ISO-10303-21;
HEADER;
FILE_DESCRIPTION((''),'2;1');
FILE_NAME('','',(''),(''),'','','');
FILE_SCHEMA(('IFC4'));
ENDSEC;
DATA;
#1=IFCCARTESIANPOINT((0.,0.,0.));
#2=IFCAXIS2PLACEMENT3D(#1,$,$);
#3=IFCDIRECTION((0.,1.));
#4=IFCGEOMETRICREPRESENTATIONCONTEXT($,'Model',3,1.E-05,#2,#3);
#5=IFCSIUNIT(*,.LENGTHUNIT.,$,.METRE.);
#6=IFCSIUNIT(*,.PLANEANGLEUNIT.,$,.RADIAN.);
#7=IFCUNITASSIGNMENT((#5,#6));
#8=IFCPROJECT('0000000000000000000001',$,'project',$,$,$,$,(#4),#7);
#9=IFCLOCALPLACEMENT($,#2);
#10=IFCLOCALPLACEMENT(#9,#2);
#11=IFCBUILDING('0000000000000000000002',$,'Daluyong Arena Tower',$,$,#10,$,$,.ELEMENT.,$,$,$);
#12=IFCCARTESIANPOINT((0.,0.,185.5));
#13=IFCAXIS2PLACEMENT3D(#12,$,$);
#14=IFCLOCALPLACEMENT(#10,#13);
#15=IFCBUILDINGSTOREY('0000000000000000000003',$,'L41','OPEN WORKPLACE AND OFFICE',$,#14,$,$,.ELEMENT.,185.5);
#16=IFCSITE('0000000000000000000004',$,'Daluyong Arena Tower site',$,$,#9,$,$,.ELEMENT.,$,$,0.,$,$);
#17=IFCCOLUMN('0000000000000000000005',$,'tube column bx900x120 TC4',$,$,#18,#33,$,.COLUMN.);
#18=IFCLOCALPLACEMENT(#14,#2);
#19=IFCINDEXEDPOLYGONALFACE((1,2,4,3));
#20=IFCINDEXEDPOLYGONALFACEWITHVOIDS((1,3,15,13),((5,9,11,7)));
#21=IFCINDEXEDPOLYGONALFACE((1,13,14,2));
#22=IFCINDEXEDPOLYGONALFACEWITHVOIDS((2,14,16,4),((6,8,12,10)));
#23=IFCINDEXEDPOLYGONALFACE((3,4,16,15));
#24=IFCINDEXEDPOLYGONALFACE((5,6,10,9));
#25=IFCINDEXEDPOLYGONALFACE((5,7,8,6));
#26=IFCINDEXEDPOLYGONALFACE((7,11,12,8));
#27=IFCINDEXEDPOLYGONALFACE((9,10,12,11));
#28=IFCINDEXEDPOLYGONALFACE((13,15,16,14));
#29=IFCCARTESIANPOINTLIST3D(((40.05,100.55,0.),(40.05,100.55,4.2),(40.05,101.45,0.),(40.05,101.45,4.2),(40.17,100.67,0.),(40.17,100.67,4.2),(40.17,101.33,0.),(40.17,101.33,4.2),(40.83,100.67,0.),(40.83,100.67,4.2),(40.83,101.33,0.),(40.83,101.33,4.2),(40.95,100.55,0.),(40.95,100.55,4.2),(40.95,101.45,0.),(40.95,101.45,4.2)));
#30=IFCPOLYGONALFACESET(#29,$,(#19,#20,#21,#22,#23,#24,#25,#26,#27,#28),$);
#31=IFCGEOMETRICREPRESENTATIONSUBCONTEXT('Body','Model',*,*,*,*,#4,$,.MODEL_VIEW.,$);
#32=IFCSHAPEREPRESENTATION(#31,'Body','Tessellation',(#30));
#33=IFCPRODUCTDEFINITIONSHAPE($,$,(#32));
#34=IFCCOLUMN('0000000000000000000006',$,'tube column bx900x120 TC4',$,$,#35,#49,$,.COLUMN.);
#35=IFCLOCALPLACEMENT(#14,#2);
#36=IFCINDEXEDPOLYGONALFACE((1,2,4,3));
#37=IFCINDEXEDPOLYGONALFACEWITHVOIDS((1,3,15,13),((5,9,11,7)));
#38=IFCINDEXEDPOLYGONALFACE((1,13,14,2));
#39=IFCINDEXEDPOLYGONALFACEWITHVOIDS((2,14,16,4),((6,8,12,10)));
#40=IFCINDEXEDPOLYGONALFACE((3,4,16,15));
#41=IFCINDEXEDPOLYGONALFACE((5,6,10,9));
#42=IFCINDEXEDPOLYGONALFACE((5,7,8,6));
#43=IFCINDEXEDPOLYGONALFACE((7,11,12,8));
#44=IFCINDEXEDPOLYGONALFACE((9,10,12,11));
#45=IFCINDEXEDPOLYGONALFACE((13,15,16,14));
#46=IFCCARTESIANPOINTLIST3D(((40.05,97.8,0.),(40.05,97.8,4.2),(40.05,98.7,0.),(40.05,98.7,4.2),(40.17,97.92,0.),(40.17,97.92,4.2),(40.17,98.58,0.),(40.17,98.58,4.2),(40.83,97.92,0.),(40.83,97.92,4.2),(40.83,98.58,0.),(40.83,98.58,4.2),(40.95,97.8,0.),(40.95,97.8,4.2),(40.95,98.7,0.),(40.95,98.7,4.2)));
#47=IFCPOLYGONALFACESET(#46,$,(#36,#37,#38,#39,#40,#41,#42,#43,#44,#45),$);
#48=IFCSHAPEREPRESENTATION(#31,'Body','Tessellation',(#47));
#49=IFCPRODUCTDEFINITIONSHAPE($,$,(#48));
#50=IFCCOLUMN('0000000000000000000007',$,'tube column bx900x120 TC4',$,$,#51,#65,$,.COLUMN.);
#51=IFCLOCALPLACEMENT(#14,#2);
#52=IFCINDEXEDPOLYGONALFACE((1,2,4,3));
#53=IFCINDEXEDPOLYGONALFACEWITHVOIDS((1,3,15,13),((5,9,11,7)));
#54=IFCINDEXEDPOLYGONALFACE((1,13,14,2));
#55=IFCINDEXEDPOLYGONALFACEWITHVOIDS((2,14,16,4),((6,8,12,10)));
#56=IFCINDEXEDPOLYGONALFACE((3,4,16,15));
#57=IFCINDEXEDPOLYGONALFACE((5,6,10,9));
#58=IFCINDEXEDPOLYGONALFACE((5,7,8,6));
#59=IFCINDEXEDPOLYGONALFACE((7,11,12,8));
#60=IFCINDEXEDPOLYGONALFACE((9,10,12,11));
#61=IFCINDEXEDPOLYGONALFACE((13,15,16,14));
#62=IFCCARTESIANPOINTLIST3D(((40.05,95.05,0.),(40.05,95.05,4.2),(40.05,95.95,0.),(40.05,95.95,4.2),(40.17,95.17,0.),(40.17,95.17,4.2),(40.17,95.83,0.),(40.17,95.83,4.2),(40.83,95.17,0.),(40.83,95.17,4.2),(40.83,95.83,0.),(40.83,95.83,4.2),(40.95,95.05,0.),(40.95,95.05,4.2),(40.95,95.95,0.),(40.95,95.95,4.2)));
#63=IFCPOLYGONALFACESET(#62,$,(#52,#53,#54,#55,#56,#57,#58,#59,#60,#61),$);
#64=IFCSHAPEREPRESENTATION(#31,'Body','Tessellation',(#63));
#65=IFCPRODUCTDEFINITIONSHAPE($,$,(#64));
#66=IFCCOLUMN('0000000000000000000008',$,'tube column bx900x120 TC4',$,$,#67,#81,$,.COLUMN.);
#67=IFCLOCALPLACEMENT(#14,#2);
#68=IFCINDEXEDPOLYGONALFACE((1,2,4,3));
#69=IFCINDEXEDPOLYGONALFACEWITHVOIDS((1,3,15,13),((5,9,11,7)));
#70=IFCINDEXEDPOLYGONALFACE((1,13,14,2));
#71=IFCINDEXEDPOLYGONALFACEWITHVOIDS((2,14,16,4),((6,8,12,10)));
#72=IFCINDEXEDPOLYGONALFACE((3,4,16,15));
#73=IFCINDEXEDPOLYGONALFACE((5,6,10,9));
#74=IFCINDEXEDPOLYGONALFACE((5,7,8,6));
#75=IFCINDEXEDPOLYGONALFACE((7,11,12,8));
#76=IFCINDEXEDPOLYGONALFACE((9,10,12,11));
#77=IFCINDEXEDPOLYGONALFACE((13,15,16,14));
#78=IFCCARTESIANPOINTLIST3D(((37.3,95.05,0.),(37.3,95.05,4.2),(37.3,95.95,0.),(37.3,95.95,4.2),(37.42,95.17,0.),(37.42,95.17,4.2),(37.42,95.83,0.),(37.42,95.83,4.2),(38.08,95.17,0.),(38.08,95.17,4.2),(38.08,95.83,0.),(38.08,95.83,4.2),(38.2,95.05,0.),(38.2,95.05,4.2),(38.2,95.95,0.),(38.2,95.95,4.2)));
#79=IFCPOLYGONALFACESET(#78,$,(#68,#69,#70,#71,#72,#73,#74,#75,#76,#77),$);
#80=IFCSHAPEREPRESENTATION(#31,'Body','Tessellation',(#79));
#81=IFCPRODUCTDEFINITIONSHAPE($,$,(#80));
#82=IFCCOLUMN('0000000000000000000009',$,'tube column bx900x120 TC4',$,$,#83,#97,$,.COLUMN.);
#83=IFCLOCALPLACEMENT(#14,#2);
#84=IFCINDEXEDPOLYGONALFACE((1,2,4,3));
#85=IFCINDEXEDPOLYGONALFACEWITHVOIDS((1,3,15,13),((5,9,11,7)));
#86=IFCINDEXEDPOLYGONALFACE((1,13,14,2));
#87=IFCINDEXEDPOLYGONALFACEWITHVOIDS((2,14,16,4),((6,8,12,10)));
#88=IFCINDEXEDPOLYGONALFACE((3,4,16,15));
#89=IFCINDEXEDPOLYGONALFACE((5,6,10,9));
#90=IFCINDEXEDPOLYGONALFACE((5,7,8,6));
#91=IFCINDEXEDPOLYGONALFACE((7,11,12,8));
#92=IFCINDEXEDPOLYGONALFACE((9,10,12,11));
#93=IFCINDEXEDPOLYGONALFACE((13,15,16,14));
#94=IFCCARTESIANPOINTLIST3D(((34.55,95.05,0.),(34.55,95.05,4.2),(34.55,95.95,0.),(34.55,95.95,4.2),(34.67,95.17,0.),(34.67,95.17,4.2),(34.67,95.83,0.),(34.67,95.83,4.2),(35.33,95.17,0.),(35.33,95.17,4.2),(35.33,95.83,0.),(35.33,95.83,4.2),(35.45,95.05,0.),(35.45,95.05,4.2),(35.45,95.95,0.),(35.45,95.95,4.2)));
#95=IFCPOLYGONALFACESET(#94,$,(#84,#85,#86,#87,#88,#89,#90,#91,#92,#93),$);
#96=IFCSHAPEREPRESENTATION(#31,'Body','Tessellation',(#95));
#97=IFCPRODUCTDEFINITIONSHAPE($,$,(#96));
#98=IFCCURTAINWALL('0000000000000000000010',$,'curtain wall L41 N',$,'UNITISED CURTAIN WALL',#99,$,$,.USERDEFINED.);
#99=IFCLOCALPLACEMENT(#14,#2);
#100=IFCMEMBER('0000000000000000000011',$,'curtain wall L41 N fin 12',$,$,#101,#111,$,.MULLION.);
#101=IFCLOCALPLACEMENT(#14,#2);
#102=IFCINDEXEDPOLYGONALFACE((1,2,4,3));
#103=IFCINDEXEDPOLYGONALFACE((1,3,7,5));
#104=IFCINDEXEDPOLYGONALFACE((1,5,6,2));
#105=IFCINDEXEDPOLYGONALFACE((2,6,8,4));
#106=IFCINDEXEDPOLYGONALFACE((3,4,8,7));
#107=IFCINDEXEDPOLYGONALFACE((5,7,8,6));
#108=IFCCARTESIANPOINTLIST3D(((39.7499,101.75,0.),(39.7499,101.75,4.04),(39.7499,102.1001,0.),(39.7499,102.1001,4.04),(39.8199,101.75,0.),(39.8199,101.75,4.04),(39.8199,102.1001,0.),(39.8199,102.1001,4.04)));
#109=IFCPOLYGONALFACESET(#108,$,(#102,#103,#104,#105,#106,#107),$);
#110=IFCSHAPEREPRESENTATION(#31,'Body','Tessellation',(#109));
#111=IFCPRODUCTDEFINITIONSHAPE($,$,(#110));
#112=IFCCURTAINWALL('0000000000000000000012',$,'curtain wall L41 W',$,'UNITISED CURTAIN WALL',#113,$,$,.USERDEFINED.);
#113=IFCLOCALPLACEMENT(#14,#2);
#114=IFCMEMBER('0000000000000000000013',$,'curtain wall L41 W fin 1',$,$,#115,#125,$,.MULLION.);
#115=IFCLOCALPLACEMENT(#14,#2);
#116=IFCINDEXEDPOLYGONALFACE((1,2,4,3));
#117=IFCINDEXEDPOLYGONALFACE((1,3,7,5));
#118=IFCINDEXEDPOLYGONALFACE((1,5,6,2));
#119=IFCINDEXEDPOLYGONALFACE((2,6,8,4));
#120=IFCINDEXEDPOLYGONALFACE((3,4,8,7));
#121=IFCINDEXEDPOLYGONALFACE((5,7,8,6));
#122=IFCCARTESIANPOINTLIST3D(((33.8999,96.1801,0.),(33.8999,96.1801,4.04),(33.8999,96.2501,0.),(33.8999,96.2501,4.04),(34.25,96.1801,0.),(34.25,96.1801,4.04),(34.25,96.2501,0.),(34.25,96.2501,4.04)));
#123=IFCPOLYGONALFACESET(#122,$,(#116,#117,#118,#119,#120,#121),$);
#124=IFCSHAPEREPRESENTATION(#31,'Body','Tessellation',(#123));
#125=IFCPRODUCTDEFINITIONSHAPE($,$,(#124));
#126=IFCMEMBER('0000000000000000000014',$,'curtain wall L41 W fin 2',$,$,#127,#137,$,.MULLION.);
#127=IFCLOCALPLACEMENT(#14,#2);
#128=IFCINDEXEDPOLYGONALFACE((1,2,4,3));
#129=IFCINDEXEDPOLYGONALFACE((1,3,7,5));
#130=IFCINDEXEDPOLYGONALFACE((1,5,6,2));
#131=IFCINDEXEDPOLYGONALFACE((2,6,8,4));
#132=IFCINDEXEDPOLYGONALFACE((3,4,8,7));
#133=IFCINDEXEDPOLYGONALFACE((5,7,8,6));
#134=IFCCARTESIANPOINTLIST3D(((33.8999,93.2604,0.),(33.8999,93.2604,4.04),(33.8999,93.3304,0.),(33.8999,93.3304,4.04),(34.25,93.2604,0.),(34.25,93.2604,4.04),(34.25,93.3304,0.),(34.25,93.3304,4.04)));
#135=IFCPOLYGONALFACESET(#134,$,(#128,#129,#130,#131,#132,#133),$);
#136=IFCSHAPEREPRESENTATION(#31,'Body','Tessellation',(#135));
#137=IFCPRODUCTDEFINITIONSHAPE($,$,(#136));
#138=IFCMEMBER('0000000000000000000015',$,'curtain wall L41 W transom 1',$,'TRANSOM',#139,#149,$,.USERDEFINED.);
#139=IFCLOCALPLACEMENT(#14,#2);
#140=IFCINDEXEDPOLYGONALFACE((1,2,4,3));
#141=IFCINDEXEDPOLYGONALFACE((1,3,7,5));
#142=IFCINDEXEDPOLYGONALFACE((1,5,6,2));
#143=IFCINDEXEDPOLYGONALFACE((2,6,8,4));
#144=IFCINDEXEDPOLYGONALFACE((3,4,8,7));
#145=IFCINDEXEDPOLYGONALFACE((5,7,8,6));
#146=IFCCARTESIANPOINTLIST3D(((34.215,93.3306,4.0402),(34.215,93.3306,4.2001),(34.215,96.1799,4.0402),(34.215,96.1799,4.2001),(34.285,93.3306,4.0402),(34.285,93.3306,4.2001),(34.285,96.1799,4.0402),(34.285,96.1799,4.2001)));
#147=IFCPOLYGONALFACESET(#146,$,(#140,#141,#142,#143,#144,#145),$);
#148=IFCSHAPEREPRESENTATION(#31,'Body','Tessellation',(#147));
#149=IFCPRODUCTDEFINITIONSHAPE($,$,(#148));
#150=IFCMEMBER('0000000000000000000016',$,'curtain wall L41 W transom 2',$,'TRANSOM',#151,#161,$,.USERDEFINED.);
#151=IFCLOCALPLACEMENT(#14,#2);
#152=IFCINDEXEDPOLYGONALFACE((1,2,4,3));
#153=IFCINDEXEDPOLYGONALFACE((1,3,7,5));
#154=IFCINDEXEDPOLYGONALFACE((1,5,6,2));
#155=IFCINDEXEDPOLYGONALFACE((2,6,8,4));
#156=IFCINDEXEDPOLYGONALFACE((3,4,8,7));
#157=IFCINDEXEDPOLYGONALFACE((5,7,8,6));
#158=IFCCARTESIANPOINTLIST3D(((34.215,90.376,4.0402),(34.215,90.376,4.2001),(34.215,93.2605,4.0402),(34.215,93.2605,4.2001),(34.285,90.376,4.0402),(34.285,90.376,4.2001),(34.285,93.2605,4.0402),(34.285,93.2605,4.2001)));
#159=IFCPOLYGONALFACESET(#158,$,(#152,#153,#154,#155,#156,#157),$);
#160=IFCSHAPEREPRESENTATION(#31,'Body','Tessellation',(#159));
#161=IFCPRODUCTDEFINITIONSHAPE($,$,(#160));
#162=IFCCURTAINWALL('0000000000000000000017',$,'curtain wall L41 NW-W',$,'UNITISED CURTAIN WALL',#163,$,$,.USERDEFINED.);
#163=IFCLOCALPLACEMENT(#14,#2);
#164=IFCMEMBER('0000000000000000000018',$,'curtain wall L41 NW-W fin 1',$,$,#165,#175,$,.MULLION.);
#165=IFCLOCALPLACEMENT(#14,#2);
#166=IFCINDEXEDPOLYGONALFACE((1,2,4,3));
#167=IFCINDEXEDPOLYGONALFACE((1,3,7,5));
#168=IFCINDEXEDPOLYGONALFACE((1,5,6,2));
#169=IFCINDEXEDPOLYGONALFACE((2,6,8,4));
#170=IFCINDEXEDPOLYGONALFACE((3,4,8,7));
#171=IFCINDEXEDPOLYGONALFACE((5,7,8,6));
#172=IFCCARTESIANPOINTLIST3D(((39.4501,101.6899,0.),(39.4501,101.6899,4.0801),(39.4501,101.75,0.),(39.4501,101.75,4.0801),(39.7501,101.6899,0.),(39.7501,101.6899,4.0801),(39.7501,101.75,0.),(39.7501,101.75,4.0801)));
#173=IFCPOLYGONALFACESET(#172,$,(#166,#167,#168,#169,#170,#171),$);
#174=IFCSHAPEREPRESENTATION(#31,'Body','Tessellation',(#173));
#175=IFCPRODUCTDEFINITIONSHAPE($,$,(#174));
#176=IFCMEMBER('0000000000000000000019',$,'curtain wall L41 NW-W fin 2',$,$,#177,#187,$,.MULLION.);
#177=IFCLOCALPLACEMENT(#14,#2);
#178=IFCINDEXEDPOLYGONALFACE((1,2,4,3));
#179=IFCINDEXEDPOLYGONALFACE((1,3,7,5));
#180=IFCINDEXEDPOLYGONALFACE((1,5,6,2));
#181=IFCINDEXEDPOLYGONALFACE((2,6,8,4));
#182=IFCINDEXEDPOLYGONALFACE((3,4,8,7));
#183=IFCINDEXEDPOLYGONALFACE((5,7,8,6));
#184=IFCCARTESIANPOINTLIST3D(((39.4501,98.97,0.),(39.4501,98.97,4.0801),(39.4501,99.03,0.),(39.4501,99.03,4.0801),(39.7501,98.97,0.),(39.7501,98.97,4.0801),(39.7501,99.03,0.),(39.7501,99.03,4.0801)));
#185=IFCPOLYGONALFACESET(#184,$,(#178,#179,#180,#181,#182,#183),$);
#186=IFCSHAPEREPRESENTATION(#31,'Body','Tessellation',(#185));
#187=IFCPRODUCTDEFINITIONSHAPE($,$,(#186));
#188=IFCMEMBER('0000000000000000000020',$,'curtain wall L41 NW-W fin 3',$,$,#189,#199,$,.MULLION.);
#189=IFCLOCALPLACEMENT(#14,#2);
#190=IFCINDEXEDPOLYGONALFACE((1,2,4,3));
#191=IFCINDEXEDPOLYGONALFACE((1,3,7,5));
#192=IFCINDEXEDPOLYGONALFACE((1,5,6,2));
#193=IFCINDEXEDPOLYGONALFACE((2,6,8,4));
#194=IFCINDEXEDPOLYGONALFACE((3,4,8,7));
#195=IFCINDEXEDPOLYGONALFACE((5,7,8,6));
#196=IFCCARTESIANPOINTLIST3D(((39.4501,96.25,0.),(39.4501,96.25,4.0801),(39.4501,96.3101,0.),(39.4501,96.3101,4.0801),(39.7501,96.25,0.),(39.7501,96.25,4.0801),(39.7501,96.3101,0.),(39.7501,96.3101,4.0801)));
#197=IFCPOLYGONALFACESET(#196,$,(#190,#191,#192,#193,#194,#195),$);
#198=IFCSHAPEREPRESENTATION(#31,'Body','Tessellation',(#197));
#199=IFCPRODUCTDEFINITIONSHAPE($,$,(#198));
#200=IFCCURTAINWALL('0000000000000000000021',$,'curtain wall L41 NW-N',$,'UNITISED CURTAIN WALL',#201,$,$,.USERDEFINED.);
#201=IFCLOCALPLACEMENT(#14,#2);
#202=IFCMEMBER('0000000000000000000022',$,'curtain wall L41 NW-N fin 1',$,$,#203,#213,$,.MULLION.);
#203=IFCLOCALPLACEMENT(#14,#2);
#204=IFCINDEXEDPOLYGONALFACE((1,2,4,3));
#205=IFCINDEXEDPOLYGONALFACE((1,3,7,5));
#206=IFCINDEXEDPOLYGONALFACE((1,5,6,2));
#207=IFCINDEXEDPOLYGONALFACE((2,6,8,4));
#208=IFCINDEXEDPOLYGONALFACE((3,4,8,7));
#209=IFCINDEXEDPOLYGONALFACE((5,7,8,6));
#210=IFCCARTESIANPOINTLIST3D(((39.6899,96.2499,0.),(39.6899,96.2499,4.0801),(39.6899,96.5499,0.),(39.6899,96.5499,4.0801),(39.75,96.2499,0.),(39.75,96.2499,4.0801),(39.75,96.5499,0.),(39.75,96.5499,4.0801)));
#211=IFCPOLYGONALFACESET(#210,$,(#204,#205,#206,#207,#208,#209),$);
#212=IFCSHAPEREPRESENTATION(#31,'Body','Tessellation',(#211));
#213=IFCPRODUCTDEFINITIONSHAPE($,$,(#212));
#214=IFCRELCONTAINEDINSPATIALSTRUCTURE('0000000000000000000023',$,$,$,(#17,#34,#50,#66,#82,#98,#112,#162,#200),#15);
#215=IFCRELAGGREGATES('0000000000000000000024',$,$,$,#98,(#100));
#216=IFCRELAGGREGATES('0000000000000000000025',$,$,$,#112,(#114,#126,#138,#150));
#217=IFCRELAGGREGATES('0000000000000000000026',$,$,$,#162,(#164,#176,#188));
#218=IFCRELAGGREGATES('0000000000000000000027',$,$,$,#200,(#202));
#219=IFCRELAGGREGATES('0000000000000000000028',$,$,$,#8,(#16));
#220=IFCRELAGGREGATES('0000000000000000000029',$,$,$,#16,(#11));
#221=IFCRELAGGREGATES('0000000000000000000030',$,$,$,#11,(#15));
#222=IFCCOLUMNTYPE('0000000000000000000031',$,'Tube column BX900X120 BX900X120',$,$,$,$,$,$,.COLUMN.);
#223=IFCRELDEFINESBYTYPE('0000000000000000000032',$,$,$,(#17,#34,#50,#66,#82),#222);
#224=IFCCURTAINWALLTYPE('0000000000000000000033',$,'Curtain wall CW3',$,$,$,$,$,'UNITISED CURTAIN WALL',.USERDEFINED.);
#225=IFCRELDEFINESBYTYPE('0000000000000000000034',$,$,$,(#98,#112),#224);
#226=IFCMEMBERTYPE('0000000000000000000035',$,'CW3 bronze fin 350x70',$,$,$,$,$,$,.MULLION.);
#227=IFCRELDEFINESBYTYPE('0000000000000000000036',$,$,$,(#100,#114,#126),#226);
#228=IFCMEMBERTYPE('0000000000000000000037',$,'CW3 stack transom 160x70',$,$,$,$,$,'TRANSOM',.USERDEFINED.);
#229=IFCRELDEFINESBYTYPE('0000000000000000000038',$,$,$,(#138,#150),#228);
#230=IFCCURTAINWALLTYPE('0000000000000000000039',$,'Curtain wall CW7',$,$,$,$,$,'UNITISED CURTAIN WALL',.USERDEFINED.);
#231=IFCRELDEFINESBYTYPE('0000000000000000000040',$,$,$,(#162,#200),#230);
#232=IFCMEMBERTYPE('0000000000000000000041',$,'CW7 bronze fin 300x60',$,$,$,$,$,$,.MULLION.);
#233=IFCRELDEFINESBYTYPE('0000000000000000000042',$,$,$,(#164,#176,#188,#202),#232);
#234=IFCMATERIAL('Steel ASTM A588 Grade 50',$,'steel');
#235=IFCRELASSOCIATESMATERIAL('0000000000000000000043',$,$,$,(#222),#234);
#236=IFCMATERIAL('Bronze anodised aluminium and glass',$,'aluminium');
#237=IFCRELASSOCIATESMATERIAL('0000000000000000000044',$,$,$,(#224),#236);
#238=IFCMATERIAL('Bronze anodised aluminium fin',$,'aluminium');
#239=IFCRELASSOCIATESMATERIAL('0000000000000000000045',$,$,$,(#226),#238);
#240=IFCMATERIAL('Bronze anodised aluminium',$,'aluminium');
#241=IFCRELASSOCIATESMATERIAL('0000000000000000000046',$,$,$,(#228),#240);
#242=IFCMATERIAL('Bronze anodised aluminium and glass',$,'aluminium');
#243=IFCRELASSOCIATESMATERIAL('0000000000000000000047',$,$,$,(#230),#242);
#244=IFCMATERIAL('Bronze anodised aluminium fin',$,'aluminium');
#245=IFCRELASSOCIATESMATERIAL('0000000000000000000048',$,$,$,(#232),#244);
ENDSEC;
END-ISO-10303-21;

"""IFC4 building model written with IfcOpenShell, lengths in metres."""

from ifc_helpers import new_model, si_unit, direction, frame, origin, origin_2d, place, context, subcontext, project, spatial, rectangle, hollow_rectangle, extrude, material, material_profile, profile_set, type_object, element, aggregate, save


model = new_model("IFC4")

# Units and contexts
model_context = context("Model", 3, precision=1e-05, world=origin(), true_north=direction((0.0, 1.0)))
body_context = subcontext(model_context, "Body", "Model", "MODEL_VIEW")
ifc_project = project(units=[si_unit("LENGTHUNIT", "METRE"), si_unit("PLANEANGLEUNIT", "RADIAN")], contexts=[model_context])

# Site, building, storey
site_placement = place(None, origin())
site = spatial("IfcSite", under=ifc_project, at=site_placement, Name="Daluyong Arena Tower site", CompositionType="ELEMENT", RefElevation=0.0)
building_placement = place(site_placement, origin())
building = spatial("IfcBuilding", under=site, at=building_placement, Name="Daluyong Arena Tower", CompositionType="ELEMENT")
storey_placement = place(building_placement, frame((0.0, 0.0, 185.5)))
storey = spatial("IfcBuildingStorey", under=building, at=storey_placement, Name="L41", Description="OPEN WORKPLACE AND OFFICE", CompositionType="ELEMENT", Elevation=185.5)

# Columns
ifc_material_1 = material(Name="Steel ASTM A588 Grade 50", Category="steel")
ifc_material_profile_1 = material_profile(ifc_material_1, hollow_rectangle(XDim=0.8999, YDim=0.8999, WallThickness=0.12, at=origin_2d()))
ifc_profile_set_1 = profile_set([ifc_material_profile_1], Name="Steel ASTM A588 Grade 50")
column_type = type_object("IfcColumnType", Name="Tube column BX900X120 BX900X120", PredefinedType="COLUMN", material=ifc_profile_set_1)
for number, where, z_axis, x_axis, name in (
    (1, (40.5, 101.0, 0.0), (0.0, 0.0, 1.0), (0.0, 1.0, 0.0), "tube column bx900x120 TC4"),
    (2, (40.5, 98.25, 0.0), (0.0, 0.0, 1.0), (0.0, 1.0, 0.0), "tube column bx900x120 TC4"),
    (3, (40.5, 95.5, 0.0), (0.0, 0.0, 1.0), (1.0, 0.0, 0.0), "tube column bx900x120 TC4"),
    (4, (37.75, 95.5, 0.0), (0.0, 0.0, 1.0), (1.0, 0.0, 0.0), "tube column bx900x120 TC4"),
    (5, (35.0, 95.5, 0.0), (0.0, 0.0, 1.0), (0.0, 1.0, 0.0), "tube column bx900x120 TC4"),
):
    element("IfcColumn", number, at=place(storey_placement, frame(where, z_axis=z_axis, x_axis=x_axis)), inside=storey, type_object=column_type, Name=name, PredefinedType="COLUMN", context=body_context, shape_type="SweptSolid", body=[
        extrude(hollow_rectangle(XDim=0.8999, YDim=0.8999, WallThickness=0.12, at=origin_2d()), origin(), (0.0, 0.0, 1.0), 4.2),
    ])

# Curtain wall, member
ifc_material_2 = material(Name="Bronze anodised aluminium and glass", Category="aluminium")
curtain_wall_type_1 = type_object("IfcCurtainWallType", Name="Curtain wall CW3", ElementType="UNITISED CURTAIN WALL", PredefinedType="USERDEFINED", material=ifc_material_2)
curtain_wall_1_placement = place(storey_placement, origin())
curtain_wall_1 = element("IfcCurtainWall", 6, at=curtain_wall_1_placement, inside=storey, type_object=curtain_wall_type_1, Name="curtain wall L41 N", ObjectType="UNITISED CURTAIN WALL", PredefinedType="USERDEFINED")
ifc_material_3 = material(Name="Bronze anodised aluminium fin", Category="aluminium")
ifc_material_profile_2 = material_profile(ifc_material_3, rectangle(XDim=0.3501, YDim=0.0701, at=origin_2d()))
ifc_profile_set_2 = profile_set([ifc_material_profile_2], Name="Bronze anodised aluminium fin")
member_type_1 = type_object("IfcMemberType", Name="CW3 bronze fin 350x70", PredefinedType="MULLION", material=ifc_profile_set_2)
member_1_placement = place(storey_placement, frame((39.7849, 101.925, 0.0), z_axis=(0.0, 0.0, 1.0), x_axis=(0.0, -1.0, 0.0)))
member_1 = element("IfcMember", 7, at=member_1_placement, type_object=member_type_1, Name="curtain wall L41 N fin 12", PredefinedType="MULLION", context=body_context, shape_type="SweptSolid", body=[
    extrude(rectangle(XDim=0.3501, YDim=0.0701, at=origin_2d()), origin(), (0.0, 0.0, 1.0), 4.04),
])
aggregate(curtain_wall_1, [member_1])

# Curtain walls, members
curtain_wall_2_placement = place(storey_placement, origin())
curtain_wall_2 = element("IfcCurtainWall", 8, at=curtain_wall_2_placement, inside=storey, type_object=curtain_wall_type_1, Name="curtain wall L41 W", ObjectType="UNITISED CURTAIN WALL", PredefinedType="USERDEFINED")
member_2_placement = place(storey_placement, frame((34.075, 96.2151, 0.0), z_axis=(0.0, 0.0, 1.0), x_axis=(1.0, 0.0, 0.0)))
member_2 = element("IfcMember", 9, at=member_2_placement, type_object=member_type_1, Name="curtain wall L41 W fin 1", PredefinedType="MULLION", context=body_context, shape_type="SweptSolid", body=[
    extrude(rectangle(XDim=0.3501, YDim=0.0701, at=origin_2d()), origin(), (0.0, 0.0, 1.0), 4.04),
])
member_3_placement = place(storey_placement, frame((34.075, 93.2954, 0.0), z_axis=(0.0, 0.0, 1.0), x_axis=(1.0, 0.0, 0.0)))
member_3 = element("IfcMember", 10, at=member_3_placement, type_object=member_type_1, Name="curtain wall L41 W fin 2", PredefinedType="MULLION", context=body_context, shape_type="SweptSolid", body=[
    extrude(rectangle(XDim=0.3501, YDim=0.0701, at=origin_2d()), origin(), (0.0, 0.0, 1.0), 4.04),
])
ifc_material_4 = material(Name="Bronze anodised aluminium", Category="aluminium")
ifc_material_profile_3 = material_profile(ifc_material_4, rectangle(XDim=0.0701, YDim=0.1599, at=origin_2d()))
ifc_profile_set_3 = profile_set([ifc_material_profile_3], Name="Bronze anodised aluminium")
member_type_2 = type_object("IfcMemberType", Name="CW3 stack transom 160x70", ElementType="TRANSOM", PredefinedType="USERDEFINED", material=ifc_profile_set_3)
member_4_placement = place(storey_placement, frame((34.25, 96.1799, 4.1201), z_axis=(0.0, -1.0, 0.0), x_axis=(1.0, 0.0, 0.0)))
member_4 = element("IfcMember", 11, at=member_4_placement, type_object=member_type_2, Name="curtain wall L41 W transom 1", ObjectType="TRANSOM", PredefinedType="USERDEFINED", context=body_context, shape_type="SweptSolid", body=[
    extrude(rectangle(XDim=0.0701, YDim=0.1599, at=origin_2d()), origin(), (0.0, 0.0, 1.0), 2.8494),
])
member_5_placement = place(storey_placement, frame((34.25, 93.2605, 4.1201), z_axis=(0.0, -1.0, 0.0), x_axis=(1.0, 0.0, 0.0)))
member_5 = element("IfcMember", 12, at=member_5_placement, type_object=member_type_2, Name="curtain wall L41 W transom 2", ObjectType="TRANSOM", PredefinedType="USERDEFINED", context=body_context, shape_type="SweptSolid", body=[
    extrude(rectangle(XDim=0.0701, YDim=0.1599, at=origin_2d()), origin(), (0.0, 0.0, 1.0), 2.8845),
])
ifc_material_5 = material(Name="Bronze anodised aluminium and glass", Category="aluminium")
curtain_wall_type_2 = type_object("IfcCurtainWallType", Name="Curtain wall CW7", ElementType="UNITISED CURTAIN WALL", PredefinedType="USERDEFINED", material=ifc_material_5)
curtain_wall_3_placement = place(storey_placement, origin())
curtain_wall_3 = element("IfcCurtainWall", 13, at=curtain_wall_3_placement, inside=storey, type_object=curtain_wall_type_2, Name="curtain wall L41 NW-W", ObjectType="UNITISED CURTAIN WALL", PredefinedType="USERDEFINED")
ifc_material_6 = material(Name="Bronze anodised aluminium fin", Category="aluminium")
ifc_material_profile_4 = material_profile(ifc_material_6, rectangle(XDim=0.3, YDim=0.0601, at=origin_2d()))
ifc_profile_set_4 = profile_set([ifc_material_profile_4], Name="Bronze anodised aluminium fin")
member_type_3 = type_object("IfcMemberType", Name="CW7 bronze fin 300x60", PredefinedType="MULLION", material=ifc_profile_set_4)
member_6_placement = place(storey_placement, frame((39.6001, 101.72, 0.0), z_axis=(0.0, 0.0, 1.0), x_axis=(1.0, 0.0, 0.0)))
member_6 = element("IfcMember", 14, at=member_6_placement, type_object=member_type_3, Name="curtain wall L41 NW-W fin 1", PredefinedType="MULLION", context=body_context, shape_type="SweptSolid", body=[
    extrude(rectangle(XDim=0.3, YDim=0.0601, at=origin_2d()), origin(), (0.0, 0.0, 1.0), 4.0801),
])
member_7_placement = place(storey_placement, frame((39.6001, 99.0, 0.0), z_axis=(0.0, 0.0, 1.0), x_axis=(1.0, 0.0, 0.0)))
member_7 = element("IfcMember", 15, at=member_7_placement, type_object=member_type_3, Name="curtain wall L41 NW-W fin 2", PredefinedType="MULLION", context=body_context, shape_type="SweptSolid", body=[
    extrude(rectangle(XDim=0.3, YDim=0.0601, at=origin_2d()), origin(), (0.0, 0.0, 1.0), 4.0801),
])
member_8_placement = place(storey_placement, frame((39.6001, 96.28, 0.0), z_axis=(0.0, 0.0, 1.0), x_axis=(1.0, 0.0, 0.0)))
member_8 = element("IfcMember", 16, at=member_8_placement, type_object=member_type_3, Name="curtain wall L41 NW-W fin 3", PredefinedType="MULLION", context=body_context, shape_type="SweptSolid", body=[
    extrude(rectangle(XDim=0.3, YDim=0.0601, at=origin_2d()), origin(), (0.0, 0.0, 1.0), 4.0801),
])
curtain_wall_4_placement = place(storey_placement, origin())
curtain_wall_4 = element("IfcCurtainWall", 17, at=curtain_wall_4_placement, inside=storey, type_object=curtain_wall_type_2, Name="curtain wall L41 NW-N", ObjectType="UNITISED CURTAIN WALL", PredefinedType="USERDEFINED")
member_9_placement = place(storey_placement, frame((39.72, 96.3999, 0.0), z_axis=(0.0, 0.0, 1.0), x_axis=(0.0, -1.0, 0.0)))
member_9 = element("IfcMember", 18, at=member_9_placement, type_object=member_type_3, Name="curtain wall L41 NW-N fin 1", PredefinedType="MULLION", context=body_context, shape_type="SweptSolid", body=[
    extrude(rectangle(XDim=0.3, YDim=0.0601, at=origin_2d()), origin(), (0.0, 0.0, 1.0), 4.0801),
])

aggregate(curtain_wall_2, [member_2, member_3, member_4, member_5])
aggregate(curtain_wall_3, [member_6, member_7, member_8])
aggregate(curtain_wall_4, [member_9])

save(model, "model.ifc")
